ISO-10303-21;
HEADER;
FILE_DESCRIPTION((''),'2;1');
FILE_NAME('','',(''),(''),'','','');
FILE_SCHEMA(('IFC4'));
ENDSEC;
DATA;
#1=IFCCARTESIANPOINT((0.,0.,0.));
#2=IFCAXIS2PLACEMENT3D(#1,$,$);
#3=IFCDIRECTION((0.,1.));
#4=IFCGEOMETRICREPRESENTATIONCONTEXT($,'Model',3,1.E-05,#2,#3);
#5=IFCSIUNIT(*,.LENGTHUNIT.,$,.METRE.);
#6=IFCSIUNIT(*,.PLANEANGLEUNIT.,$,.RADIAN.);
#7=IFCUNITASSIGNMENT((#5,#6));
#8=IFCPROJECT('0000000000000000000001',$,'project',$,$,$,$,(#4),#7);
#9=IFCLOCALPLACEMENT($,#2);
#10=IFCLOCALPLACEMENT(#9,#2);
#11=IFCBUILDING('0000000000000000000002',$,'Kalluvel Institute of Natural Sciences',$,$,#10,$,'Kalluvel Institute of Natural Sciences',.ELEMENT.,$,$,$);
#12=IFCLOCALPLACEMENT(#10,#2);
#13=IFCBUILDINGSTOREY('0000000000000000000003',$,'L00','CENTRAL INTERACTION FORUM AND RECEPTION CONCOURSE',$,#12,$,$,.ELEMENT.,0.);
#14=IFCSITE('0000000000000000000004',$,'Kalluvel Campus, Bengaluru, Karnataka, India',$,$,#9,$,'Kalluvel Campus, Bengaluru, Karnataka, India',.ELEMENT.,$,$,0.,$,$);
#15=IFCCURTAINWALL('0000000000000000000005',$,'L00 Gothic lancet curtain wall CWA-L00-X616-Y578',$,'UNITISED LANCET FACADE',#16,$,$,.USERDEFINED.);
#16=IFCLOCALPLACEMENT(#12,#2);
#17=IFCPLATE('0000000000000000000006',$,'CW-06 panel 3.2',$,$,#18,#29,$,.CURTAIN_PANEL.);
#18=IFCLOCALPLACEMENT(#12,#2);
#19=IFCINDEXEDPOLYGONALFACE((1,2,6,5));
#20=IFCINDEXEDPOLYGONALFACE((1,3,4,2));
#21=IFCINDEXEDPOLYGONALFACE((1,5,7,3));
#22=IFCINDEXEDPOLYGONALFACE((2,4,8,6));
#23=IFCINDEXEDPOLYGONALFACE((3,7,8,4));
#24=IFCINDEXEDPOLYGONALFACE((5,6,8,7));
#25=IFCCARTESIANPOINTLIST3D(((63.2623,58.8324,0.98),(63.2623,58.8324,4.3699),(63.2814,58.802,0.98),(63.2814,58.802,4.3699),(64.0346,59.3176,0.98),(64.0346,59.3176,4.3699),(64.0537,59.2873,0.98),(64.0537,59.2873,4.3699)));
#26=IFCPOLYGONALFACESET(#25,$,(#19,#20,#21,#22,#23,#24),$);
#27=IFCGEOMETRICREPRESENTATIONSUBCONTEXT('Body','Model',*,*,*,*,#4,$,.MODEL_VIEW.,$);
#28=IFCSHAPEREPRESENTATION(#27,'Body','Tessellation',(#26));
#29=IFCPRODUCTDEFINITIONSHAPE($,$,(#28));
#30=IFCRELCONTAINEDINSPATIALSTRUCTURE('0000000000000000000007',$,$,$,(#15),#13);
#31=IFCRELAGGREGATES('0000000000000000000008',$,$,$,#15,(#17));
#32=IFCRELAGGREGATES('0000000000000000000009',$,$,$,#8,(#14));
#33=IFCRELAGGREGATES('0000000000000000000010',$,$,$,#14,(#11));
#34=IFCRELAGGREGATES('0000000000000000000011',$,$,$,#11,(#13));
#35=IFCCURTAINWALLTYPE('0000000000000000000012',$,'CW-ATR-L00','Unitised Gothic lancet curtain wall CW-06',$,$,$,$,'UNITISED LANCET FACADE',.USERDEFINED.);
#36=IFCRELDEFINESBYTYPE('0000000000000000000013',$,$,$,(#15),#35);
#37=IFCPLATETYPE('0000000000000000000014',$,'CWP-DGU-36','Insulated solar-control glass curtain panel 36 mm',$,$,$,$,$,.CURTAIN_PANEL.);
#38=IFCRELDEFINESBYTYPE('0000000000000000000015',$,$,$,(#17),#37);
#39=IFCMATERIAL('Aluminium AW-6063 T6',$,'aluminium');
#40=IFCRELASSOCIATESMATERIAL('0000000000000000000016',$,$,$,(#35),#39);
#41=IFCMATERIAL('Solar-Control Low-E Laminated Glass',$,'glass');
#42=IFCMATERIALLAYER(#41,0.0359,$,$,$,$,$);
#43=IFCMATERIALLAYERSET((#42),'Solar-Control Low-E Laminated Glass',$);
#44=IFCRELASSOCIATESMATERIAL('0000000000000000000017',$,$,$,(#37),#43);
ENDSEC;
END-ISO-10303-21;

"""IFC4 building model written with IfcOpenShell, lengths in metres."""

from ifc_helpers import new_model, si_unit, direction, frame, origin, origin_2d, place, context, subcontext, project, spatial, rectangle, extrude, material, layer, layer_set, type_object, element, aggregate, save


model = new_model("IFC4")

# Units and contexts
model_context = context("Model", 3, precision=1e-05, world=origin(), true_north=direction((0.0, 1.0)))
body_context = subcontext(model_context, "Body", "Model", "MODEL_VIEW")
ifc_project = project(units=[si_unit("LENGTHUNIT", "METRE"), si_unit("PLANEANGLEUNIT", "RADIAN")], contexts=[model_context])

# Site, building, storey
site_placement = place(None, origin())
site = spatial("IfcSite", under=ifc_project, at=site_placement, Name="Kalluvel Campus, Bengaluru, Karnataka, India", LongName="Kalluvel Campus, Bengaluru, Karnataka, India", CompositionType="ELEMENT", RefElevation=0.0)
building_placement = place(site_placement, origin())
building = spatial("IfcBuilding", under=site, at=building_placement, Name="Kalluvel Institute of Natural Sciences", LongName="Kalluvel Institute of Natural Sciences", CompositionType="ELEMENT")
storey_placement = place(building_placement, origin())
storey = spatial("IfcBuildingStorey", under=building, at=storey_placement, Name="L00", Description="CENTRAL INTERACTION FORUM AND RECEPTION CONCOURSE", CompositionType="ELEMENT", Elevation=0.0)

# Shared definitions
ifc_material_1 = material(Name="Aluminium AW-6063 T6", Category="aluminium")
curtain_wall_type = type_object("IfcCurtainWallType", Name="CW-ATR-L00", Description="Unitised Gothic lancet curtain wall CW-06", ElementType="UNITISED LANCET FACADE", PredefinedType="USERDEFINED", material=ifc_material_1)

# Curtain wall
curtain_wall_1_placement = place(storey_placement, origin())
curtain_wall_1 = element("IfcCurtainWall", 1, at=curtain_wall_1_placement, inside=storey, type_object=curtain_wall_type, Name="L00 Gothic lancet curtain wall CWA-L00-X616-Y578", ObjectType="UNITISED LANCET FACADE", PredefinedType="USERDEFINED")

# Plate
ifc_material_2 = material(Name="Solar-Control Low-E Laminated Glass", Category="glass")
ifc_layer = layer(ifc_material_2, 0.0359)
ifc_layer_set = layer_set([ifc_layer], Name="Solar-Control Low-E Laminated Glass")
plate_type = type_object("IfcPlateType", Name="CWP-DGU-36", Description="Insulated solar-control glass curtain panel 36 mm", PredefinedType="CURTAIN_PANEL", material=ifc_layer_set)
plate_1_placement = place(storey_placement, frame((63.658, 59.0598, 0.98), z_axis=(0.0, 0.0, 1.0), x_axis=(0.846722, 0.532036, 0.0)))
plate_1 = element("IfcPlate", 2, at=plate_1_placement, type_object=plate_type, Name="CW-06 panel 3.2", PredefinedType="CURTAIN_PANEL", context=body_context, shape_type="SweptSolid", body=[
    extrude(rectangle(XDim=0.9121, YDim=0.0359, at=origin_2d()), origin(), (0.0, 0.0, 1.0), 3.3899),
])
aggregate(curtain_wall_1, [plate_1])

save(model, "model.ifc")
